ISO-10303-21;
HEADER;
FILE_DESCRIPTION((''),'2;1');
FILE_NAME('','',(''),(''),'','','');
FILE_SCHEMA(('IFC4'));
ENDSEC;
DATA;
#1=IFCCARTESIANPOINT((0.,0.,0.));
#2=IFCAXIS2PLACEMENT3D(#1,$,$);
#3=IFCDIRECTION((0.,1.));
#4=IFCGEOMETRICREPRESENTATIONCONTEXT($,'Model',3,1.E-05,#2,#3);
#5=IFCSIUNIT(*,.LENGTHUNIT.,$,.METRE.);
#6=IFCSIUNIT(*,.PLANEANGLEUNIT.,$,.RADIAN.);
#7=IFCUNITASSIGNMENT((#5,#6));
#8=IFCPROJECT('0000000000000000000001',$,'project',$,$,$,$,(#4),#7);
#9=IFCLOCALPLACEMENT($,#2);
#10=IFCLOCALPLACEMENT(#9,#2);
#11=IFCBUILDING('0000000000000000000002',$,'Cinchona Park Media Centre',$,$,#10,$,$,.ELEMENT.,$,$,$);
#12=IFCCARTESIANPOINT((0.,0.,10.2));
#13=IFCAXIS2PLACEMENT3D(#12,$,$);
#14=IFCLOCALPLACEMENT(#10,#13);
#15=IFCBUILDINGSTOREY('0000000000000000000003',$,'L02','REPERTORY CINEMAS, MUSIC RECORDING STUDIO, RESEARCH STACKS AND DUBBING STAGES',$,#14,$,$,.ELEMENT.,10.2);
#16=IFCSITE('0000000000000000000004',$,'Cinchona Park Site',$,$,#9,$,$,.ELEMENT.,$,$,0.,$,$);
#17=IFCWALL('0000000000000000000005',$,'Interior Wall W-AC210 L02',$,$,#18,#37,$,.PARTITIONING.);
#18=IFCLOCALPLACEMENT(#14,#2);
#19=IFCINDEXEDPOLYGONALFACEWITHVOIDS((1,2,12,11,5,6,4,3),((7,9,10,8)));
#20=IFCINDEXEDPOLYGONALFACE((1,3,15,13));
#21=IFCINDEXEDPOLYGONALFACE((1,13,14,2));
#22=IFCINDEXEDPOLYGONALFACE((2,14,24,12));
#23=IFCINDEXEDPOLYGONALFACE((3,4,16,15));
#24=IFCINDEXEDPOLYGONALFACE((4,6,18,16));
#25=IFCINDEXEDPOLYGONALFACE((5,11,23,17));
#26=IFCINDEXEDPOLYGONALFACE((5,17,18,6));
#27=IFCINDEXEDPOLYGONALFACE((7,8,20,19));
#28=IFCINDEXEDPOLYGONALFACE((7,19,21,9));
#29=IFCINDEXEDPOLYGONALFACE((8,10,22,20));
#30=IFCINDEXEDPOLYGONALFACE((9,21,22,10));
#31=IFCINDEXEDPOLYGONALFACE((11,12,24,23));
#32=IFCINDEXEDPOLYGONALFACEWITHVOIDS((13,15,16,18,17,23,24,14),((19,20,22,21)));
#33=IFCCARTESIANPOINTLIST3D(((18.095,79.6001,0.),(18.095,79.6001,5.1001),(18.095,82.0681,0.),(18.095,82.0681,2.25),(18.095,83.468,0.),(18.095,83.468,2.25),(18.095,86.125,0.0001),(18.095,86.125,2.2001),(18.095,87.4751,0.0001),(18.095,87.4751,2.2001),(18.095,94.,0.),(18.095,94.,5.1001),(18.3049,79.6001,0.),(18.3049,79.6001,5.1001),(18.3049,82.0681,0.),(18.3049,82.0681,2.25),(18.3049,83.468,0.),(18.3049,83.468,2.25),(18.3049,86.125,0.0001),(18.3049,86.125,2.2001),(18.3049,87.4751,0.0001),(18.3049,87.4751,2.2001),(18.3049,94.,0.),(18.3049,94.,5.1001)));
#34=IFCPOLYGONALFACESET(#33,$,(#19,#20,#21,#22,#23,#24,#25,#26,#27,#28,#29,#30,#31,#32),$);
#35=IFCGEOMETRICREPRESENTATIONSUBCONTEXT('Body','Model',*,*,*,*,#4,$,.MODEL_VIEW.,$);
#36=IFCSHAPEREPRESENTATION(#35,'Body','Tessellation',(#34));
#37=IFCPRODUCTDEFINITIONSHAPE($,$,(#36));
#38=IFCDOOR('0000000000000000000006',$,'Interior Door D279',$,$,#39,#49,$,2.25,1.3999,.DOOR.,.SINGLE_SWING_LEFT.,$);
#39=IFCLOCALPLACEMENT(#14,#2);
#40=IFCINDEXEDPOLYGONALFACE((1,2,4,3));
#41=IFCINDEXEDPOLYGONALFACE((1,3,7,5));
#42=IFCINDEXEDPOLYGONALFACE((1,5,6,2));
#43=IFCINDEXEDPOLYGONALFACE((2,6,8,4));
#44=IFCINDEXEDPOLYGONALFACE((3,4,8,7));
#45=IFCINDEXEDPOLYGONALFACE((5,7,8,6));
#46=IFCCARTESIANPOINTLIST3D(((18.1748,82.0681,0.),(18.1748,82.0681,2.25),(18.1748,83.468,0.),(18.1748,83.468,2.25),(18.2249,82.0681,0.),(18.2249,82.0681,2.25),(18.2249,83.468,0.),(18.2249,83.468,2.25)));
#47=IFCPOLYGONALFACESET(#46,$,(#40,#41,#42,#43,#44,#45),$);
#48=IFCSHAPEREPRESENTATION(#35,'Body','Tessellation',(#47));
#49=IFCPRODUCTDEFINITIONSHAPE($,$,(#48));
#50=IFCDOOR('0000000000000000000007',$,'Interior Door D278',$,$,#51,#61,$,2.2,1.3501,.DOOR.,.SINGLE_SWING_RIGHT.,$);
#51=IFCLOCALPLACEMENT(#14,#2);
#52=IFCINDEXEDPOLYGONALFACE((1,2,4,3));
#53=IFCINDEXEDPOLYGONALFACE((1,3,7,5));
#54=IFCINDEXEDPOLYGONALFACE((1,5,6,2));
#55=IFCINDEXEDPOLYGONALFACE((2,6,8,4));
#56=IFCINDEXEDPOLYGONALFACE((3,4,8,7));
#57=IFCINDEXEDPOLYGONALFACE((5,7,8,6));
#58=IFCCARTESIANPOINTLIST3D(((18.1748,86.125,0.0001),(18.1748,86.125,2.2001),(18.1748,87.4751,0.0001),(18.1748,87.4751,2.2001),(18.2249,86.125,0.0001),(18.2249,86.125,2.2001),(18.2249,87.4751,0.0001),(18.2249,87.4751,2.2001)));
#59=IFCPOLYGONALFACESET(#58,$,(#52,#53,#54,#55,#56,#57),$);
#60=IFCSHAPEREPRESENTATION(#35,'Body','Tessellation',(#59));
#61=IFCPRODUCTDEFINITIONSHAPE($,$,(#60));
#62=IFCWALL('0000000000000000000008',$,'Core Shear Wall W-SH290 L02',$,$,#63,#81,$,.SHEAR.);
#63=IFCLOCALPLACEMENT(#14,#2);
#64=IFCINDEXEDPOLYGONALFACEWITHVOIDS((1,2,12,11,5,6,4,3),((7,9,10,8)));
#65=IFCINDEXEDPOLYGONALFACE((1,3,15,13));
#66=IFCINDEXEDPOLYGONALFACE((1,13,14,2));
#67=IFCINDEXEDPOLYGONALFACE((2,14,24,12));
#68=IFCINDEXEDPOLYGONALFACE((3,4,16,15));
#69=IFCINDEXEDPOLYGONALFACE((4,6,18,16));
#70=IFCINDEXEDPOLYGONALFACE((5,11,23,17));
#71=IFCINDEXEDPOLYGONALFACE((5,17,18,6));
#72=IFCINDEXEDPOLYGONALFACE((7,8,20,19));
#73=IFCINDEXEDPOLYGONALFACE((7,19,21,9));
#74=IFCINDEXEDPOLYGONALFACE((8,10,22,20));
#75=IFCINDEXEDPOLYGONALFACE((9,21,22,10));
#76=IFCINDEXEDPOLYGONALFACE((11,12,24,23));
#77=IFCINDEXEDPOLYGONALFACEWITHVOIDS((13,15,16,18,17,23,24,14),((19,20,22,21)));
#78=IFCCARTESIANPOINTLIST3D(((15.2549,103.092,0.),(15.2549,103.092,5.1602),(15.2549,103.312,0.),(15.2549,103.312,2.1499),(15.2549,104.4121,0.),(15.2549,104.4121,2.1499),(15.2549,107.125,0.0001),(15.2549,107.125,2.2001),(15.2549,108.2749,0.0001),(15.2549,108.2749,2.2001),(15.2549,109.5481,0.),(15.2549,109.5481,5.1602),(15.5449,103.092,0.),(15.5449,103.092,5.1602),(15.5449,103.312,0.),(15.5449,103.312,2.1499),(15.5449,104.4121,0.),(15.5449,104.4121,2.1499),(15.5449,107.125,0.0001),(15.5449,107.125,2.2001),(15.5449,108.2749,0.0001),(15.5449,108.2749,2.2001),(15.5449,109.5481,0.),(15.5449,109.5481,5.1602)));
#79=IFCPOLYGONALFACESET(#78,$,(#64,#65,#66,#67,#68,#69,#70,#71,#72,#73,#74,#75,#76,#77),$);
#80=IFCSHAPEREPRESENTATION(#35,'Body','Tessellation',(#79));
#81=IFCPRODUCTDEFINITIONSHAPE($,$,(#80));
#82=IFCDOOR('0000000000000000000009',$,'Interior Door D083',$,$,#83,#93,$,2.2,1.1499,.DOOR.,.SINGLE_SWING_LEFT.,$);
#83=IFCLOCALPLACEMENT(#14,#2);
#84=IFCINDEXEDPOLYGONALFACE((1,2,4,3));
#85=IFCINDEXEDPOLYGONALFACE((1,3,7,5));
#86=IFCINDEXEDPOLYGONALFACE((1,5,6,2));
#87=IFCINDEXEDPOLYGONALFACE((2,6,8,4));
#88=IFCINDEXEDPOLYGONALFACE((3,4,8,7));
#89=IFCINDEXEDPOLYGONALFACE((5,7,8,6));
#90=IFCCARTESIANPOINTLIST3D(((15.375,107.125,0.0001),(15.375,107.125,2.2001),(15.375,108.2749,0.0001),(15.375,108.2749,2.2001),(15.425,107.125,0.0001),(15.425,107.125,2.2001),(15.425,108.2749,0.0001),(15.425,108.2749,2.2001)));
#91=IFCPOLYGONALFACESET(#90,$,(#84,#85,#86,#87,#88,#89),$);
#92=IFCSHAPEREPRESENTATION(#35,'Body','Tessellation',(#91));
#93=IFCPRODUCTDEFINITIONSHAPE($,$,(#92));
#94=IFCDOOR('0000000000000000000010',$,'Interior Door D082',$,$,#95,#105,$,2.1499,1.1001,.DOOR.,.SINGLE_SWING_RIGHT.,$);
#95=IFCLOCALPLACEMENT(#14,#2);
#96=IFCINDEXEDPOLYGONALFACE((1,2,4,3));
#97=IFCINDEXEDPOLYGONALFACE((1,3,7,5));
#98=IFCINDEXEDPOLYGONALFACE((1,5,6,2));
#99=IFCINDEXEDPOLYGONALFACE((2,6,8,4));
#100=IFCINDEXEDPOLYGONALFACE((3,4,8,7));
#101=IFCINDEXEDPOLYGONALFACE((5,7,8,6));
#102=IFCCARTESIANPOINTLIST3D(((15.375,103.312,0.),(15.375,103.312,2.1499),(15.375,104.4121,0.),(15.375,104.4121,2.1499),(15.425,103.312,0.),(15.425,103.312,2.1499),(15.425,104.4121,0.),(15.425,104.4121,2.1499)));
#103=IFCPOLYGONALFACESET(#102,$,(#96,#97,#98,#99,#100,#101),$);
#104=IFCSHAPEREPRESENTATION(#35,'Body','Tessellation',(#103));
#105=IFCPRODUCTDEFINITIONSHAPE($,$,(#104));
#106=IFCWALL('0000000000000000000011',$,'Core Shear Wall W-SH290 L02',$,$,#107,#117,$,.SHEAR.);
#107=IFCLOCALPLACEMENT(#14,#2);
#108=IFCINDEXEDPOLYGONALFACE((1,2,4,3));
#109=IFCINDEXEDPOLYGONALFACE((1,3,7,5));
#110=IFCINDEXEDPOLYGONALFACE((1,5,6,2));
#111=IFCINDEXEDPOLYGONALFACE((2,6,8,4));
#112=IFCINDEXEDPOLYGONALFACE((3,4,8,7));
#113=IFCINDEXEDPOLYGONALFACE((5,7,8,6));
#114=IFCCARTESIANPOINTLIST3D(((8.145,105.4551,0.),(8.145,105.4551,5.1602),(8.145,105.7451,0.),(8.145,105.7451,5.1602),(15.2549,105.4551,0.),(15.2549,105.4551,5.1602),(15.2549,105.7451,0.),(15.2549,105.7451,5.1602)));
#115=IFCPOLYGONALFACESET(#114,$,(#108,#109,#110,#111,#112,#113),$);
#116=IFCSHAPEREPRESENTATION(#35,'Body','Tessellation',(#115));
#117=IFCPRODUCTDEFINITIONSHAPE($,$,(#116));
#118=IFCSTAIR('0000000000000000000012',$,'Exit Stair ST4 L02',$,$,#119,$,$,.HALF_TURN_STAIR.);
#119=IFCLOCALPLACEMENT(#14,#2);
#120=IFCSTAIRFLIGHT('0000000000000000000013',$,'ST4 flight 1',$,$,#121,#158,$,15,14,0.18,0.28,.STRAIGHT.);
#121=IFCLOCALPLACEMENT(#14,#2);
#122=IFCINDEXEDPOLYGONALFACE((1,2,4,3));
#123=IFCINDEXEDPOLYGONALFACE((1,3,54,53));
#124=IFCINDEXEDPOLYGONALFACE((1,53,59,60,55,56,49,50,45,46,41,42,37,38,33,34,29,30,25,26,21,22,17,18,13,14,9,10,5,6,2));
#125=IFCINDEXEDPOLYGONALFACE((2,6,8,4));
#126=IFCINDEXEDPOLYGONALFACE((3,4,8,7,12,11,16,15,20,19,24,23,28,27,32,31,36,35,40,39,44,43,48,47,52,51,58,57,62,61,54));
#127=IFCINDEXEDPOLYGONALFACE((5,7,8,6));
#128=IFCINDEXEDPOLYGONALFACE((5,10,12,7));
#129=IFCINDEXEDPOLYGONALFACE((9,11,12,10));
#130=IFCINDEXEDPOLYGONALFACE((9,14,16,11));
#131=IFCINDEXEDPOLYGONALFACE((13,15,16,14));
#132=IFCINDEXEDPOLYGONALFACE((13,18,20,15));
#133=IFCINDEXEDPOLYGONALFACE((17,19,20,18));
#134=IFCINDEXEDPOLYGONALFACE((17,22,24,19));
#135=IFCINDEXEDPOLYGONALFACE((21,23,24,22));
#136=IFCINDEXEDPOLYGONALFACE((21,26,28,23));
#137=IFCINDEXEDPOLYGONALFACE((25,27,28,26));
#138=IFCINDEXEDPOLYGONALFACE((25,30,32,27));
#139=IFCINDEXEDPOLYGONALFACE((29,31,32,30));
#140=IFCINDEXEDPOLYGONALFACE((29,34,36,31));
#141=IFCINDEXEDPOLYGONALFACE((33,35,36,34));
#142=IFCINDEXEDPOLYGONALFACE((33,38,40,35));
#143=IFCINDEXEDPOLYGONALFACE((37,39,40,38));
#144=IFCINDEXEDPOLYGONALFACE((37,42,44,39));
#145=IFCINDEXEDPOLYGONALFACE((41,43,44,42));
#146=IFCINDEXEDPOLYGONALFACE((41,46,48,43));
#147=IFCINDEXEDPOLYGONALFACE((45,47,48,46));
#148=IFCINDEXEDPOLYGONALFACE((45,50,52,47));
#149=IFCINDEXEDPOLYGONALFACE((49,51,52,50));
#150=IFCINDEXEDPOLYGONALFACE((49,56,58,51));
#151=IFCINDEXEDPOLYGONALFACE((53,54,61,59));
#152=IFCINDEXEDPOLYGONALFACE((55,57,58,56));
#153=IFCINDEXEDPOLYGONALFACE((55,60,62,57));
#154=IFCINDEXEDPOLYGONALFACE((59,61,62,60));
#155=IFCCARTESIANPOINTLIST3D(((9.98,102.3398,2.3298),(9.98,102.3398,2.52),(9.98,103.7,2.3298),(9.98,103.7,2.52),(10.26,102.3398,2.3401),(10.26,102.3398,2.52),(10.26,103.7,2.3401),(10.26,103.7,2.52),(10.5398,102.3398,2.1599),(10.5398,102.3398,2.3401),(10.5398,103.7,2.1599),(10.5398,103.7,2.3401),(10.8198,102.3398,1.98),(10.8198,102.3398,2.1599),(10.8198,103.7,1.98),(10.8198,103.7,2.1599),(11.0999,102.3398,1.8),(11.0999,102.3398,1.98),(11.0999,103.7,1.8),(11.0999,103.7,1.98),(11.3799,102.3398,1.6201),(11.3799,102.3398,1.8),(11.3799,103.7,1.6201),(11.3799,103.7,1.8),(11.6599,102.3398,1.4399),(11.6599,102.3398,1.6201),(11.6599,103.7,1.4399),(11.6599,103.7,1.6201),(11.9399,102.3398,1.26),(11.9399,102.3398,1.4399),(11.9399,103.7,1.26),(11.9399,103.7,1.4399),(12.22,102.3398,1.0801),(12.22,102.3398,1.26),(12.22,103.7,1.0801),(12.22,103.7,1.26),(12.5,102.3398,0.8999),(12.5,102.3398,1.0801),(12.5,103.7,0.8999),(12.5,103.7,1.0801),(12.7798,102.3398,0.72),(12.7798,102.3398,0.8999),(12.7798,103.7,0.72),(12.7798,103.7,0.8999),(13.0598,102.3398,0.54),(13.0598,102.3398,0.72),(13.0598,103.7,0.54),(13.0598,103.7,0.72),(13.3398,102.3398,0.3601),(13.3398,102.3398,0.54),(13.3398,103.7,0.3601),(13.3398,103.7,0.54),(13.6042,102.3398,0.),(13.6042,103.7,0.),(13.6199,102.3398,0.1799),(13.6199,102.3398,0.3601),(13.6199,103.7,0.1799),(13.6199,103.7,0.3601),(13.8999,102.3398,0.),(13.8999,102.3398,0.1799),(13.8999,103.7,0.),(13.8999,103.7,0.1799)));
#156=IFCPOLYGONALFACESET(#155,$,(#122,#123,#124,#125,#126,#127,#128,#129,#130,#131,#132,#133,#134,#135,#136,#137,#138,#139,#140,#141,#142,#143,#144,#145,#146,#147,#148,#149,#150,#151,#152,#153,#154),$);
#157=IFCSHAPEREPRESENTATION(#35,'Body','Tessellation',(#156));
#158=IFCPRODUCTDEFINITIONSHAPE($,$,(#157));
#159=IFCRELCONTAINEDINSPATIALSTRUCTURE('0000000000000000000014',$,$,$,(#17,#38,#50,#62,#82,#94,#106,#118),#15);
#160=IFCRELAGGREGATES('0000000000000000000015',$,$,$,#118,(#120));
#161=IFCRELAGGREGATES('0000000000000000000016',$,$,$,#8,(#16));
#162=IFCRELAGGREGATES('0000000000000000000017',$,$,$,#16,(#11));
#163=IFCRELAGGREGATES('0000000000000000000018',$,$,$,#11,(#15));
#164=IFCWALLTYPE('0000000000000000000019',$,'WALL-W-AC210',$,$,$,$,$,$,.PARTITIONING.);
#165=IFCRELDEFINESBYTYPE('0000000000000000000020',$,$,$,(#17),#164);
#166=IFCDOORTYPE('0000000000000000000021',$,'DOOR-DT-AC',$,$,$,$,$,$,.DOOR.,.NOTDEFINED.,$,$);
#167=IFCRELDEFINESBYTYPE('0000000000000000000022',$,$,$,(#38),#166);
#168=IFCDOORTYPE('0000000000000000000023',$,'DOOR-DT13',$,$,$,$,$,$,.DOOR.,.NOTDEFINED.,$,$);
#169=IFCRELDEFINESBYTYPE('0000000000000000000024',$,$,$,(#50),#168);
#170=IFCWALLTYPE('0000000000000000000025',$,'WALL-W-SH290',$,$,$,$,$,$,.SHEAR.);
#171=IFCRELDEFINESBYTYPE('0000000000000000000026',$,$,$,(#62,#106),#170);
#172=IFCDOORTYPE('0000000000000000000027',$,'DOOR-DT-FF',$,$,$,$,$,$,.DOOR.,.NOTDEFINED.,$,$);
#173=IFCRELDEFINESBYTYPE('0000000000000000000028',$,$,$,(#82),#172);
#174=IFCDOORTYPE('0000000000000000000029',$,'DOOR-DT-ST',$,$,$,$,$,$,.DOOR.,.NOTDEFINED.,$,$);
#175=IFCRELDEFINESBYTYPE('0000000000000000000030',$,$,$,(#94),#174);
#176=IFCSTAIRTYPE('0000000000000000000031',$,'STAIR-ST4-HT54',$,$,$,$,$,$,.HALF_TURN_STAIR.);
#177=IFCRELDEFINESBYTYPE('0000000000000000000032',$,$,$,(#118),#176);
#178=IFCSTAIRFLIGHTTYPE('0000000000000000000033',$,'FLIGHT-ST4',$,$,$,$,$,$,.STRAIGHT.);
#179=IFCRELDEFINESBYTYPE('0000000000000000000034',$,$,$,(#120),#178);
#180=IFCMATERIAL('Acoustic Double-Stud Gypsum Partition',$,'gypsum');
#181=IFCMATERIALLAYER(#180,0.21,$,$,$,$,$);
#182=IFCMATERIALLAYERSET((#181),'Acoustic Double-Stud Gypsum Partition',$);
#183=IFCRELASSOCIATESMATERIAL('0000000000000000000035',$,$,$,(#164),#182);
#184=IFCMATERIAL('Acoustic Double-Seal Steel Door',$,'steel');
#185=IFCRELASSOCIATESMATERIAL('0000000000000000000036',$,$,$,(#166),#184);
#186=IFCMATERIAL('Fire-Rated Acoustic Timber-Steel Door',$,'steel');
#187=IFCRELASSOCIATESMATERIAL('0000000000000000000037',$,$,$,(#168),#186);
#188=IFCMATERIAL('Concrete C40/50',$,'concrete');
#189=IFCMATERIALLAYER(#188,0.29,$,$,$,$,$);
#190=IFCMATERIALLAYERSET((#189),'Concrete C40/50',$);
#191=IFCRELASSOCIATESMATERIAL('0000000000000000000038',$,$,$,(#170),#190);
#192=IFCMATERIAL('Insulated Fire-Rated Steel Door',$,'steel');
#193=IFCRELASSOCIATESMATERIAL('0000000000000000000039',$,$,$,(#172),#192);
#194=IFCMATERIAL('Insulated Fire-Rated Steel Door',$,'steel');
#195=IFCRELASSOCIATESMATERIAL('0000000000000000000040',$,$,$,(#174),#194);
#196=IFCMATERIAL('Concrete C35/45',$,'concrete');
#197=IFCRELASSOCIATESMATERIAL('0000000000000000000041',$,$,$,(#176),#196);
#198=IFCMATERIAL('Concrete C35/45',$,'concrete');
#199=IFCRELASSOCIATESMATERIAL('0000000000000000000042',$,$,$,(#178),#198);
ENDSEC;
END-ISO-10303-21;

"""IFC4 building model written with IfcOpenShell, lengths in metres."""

from ifc_helpers import new_model, si_unit, direction, frame, frame_2d, origin, place, context, subcontext, project, spatial, polyline, rectangle, outline, extrude, material, layer, layer_set, type_object, element, fill, aggregate, save


model = new_model("IFC4")

# Units and contexts
model_context = context("Model", 3, precision=1e-05, world=origin(), true_north=direction((0.0, 1.0)))
body_context = subcontext(model_context, "Body", "Model", "MODEL_VIEW")
ifc_project = project(units=[si_unit("LENGTHUNIT", "METRE"), si_unit("PLANEANGLEUNIT", "RADIAN")], contexts=[model_context])

# Site, building, storey
site_placement = place(None, origin())
site = spatial("IfcSite", under=ifc_project, at=site_placement, Name="Cinchona Park Site", CompositionType="ELEMENT", RefElevation=0.0)
building_placement = place(site_placement, origin())
building = spatial("IfcBuilding", under=site, at=building_placement, Name="Cinchona Park Media Centre", CompositionType="ELEMENT")
storey_placement = place(building_placement, frame((0.0, 0.0, 10.2)))
storey = spatial("IfcBuildingStorey", under=building, at=storey_placement, Name="L02", Description="REPERTORY CINEMAS, MUSIC RECORDING STUDIO, RESEARCH STACKS AND DUBBING STAGES", CompositionType="ELEMENT", Elevation=10.2)

# Walls, openings, doors
ifc_material_1 = material(Name="Acoustic Double-Stud Gypsum Partition", Category="gypsum")
ifc_layer_1 = layer(ifc_material_1, 0.21)
ifc_layer_set_1 = layer_set([ifc_layer_1], Name="Acoustic Double-Stud Gypsum Partition")
wall_type_1 = type_object("IfcWallType", Name="WALL-W-AC210", PredefinedType="PARTITIONING", material=ifc_layer_set_1)
wall_1_placement = place(storey_placement, frame((18.2, 94.0, 0.0), z_axis=(0.0, 0.0, 1.0), x_axis=(0.0, -1.0, 0.0)))
wall_1 = element("IfcWall", 1, at=wall_1_placement, inside=storey, type_object=wall_type_1, Name="Interior Wall W-AC210 L02", PredefinedType="PARTITIONING", context=body_context, shape_type="SweptSolid", body=[
    extrude(rectangle(XDim=14.3999, YDim=0.21, at=frame_2d((7.2, 0.0))), origin(), (0.0, 0.0, 1.0), 5.1001),
])
opening_1_placement = place(wall_1_placement, frame((6.5249, 0.0, 0.0)))
opening_1 = element("IfcOpeningElement", 2, at=opening_1_placement, cuts=wall_1, PredefinedType="OPENING", context=body_context, shape_type="SweptSolid", body=[
    extrude(rectangle(XDim=1.3501, YDim=2.2, at=frame_2d((0.675, 1.1001))), frame((0.0, 0.115, 0.0), z_axis=(0.0, -1.0, 0.0), x_axis=(1.0, 0.0, 0.0)), (0.0, 0.0, 1.0), 0.23),
])
opening_2_placement = place(wall_1_placement, frame((10.532, 0.0, 0.0)))
opening_2 = element("IfcOpeningElement", 3, at=opening_2_placement, cuts=wall_1, PredefinedType="OPENING", context=body_context, shape_type="SweptSolid", body=[
    extrude(rectangle(XDim=1.3999, YDim=2.25, at=frame_2d((0.7, 1.125))), frame((0.0, 0.115, 0.0), z_axis=(0.0, -1.0, 0.0), x_axis=(1.0, 0.0, 0.0)), (0.0, 0.0, 1.0), 0.23),
])
ifc_material_2 = material(Name="Acoustic Double-Seal Steel Door", Category="steel")
door_type_1 = type_object("IfcDoorType", Name="DOOR-DT-AC", OperationType="NOTDEFINED", PredefinedType="DOOR", material=ifc_material_2)
door_1_placement = place(opening_2_placement, origin())
door_1 = element("IfcDoor", 4, at=door_1_placement, inside=storey, type_object=door_type_1, Name="Interior Door D279", OperationType="SINGLE_SWING_LEFT", OverallHeight=2.25, OverallWidth=1.3999, PredefinedType="DOOR", context=body_context, shape_type="SweptSolid", body=[
    extrude(rectangle(XDim=1.3999, YDim=2.25, at=frame_2d((0.7, 1.125))), frame((0.0, 0.0249, 0.0), z_axis=(0.0, -1.0, 0.0), x_axis=(1.0, 0.0, 0.0)), (0.0, 0.0, 1.0), 0.05),
])
fill(opening_2, door_1)
ifc_material_3 = material(Name="Fire-Rated Acoustic Timber-Steel Door", Category="steel")
door_type_2 = type_object("IfcDoorType", Name="DOOR-DT13", OperationType="NOTDEFINED", PredefinedType="DOOR", material=ifc_material_3)
door_2_placement = place(opening_1_placement, origin())
door_2 = element("IfcDoor", 5, at=door_2_placement, inside=storey, type_object=door_type_2, Name="Interior Door D278", OperationType="SINGLE_SWING_RIGHT", OverallHeight=2.2, OverallWidth=1.3501, PredefinedType="DOOR", context=body_context, shape_type="SweptSolid", body=[
    extrude(rectangle(XDim=1.3501, YDim=2.2, at=frame_2d((0.675, 1.1001))), frame((0.0, 0.0249, 0.0), z_axis=(0.0, -1.0, 0.0), x_axis=(1.0, 0.0, 0.0)), (0.0, 0.0, 1.0), 0.05),
])
fill(opening_1, door_2)
ifc_material_4 = material(Name="Concrete C40/50", Category="concrete")
ifc_layer_2 = layer(ifc_material_4, 0.29)
ifc_layer_set_2 = layer_set([ifc_layer_2], Name="Concrete C40/50")
wall_type_2 = type_object("IfcWallType", Name="WALL-W-SH290", PredefinedType="SHEAR", material=ifc_layer_set_2)
wall_2_placement = place(storey_placement, frame((15.3999, 103.092, 0.0), z_axis=(0.0, 0.0, 1.0), x_axis=(0.0, 1.0, 0.0)))
wall_2 = element("IfcWall", 6, at=wall_2_placement, inside=storey, type_object=wall_type_2, Name="Core Shear Wall W-SH290 L02", PredefinedType="SHEAR", context=body_context, shape_type="SweptSolid", body=[
    extrude(rectangle(XDim=6.4561, YDim=0.29, at=frame_2d((3.228, 0.0))), origin(), (0.0, 0.0, 1.0), 5.1602),
])
opening_3_placement = place(wall_2_placement, frame((0.22, 0.0, 0.0)))
opening_3 = element("IfcOpeningElement", 7, at=opening_3_placement, cuts=wall_2, PredefinedType="OPENING", context=body_context, shape_type="SweptSolid", body=[
    extrude(rectangle(XDim=1.1001, YDim=2.1499, at=frame_2d((0.55, 1.075))), frame((0.0, 0.155, 0.0), z_axis=(0.0, -1.0, 0.0), x_axis=(1.0, 0.0, 0.0)), (0.0, 0.0, 1.0), 0.3101),
])
opening_4_placement = place(wall_2_placement, frame((4.033, 0.0, 0.0)))
opening_4 = element("IfcOpeningElement", 8, at=opening_4_placement, cuts=wall_2, PredefinedType="OPENING", context=body_context, shape_type="SweptSolid", body=[
    extrude(rectangle(XDim=1.1499, YDim=2.2, at=frame_2d((0.575, 1.1001))), frame((0.0, 0.155, 0.0), z_axis=(0.0, -1.0, 0.0), x_axis=(1.0, 0.0, 0.0)), (0.0, 0.0, 1.0), 0.3101),
])
ifc_material_5 = material(Name="Insulated Fire-Rated Steel Door", Category="steel")
door_type_3 = type_object("IfcDoorType", Name="DOOR-DT-FF", OperationType="NOTDEFINED", PredefinedType="DOOR", material=ifc_material_5)
door_3_placement = place(opening_4_placement, origin())
door_3 = element("IfcDoor", 9, at=door_3_placement, inside=storey, type_object=door_type_3, Name="Interior Door D083", OperationType="SINGLE_SWING_LEFT", OverallHeight=2.2, OverallWidth=1.1499, PredefinedType="DOOR", context=body_context, shape_type="SweptSolid", body=[
    extrude(rectangle(XDim=1.1499, YDim=2.2, at=frame_2d((0.575, 1.1001))), frame((0.0, 0.0249, 0.0), z_axis=(0.0, -1.0, 0.0), x_axis=(1.0, 0.0, 0.0)), (0.0, 0.0, 1.0), 0.05),
])
fill(opening_4, door_3)
ifc_material_6 = material(Name="Insulated Fire-Rated Steel Door", Category="steel")
door_type_4 = type_object("IfcDoorType", Name="DOOR-DT-ST", OperationType="NOTDEFINED", PredefinedType="DOOR", material=ifc_material_6)
door_4_placement = place(opening_3_placement, origin())
door_4 = element("IfcDoor", 10, at=door_4_placement, inside=storey, type_object=door_type_4, Name="Interior Door D082", OperationType="SINGLE_SWING_RIGHT", OverallHeight=2.1499, OverallWidth=1.1001, PredefinedType="DOOR", context=body_context, shape_type="SweptSolid", body=[
    extrude(rectangle(XDim=1.1001, YDim=2.1499, at=frame_2d((0.55, 1.075))), frame((0.0, 0.0249, 0.0), z_axis=(0.0, -1.0, 0.0), x_axis=(1.0, 0.0, 0.0)), (0.0, 0.0, 1.0), 0.05),
])
fill(opening_3, door_4)

# Wall
wall_3_placement = place(storey_placement, frame((8.145, 105.6001, 0.0), z_axis=(0.0, 0.0, 1.0), x_axis=(1.0, 0.0, 0.0)))
element("IfcWall", 11, at=wall_3_placement, inside=storey, type_object=wall_type_2, Name="Core Shear Wall W-SH290 L02", PredefinedType="SHEAR", context=body_context, shape_type="SweptSolid", body=[
    extrude(rectangle(XDim=7.1099, YDim=0.29, at=frame_2d((3.5549, 0.0))), origin(), (0.0, 0.0, 1.0), 5.1602),
])

# Stair, stair flight
ifc_material_7 = material(Name="Concrete C35/45", Category="concrete")
stair_type = type_object("IfcStairType", Name="STAIR-ST4-HT54", PredefinedType="HALF_TURN_STAIR", material=ifc_material_7)
stair_placement = place(storey_placement, origin())
stair = element("IfcStair", 12, at=stair_placement, inside=storey, type_object=stair_type, Name="Exit Stair ST4 L02", PredefinedType="HALF_TURN_STAIR")
ifc_material_8 = material(Name="Concrete C35/45", Category="concrete")
stair_flight_type = type_object("IfcStairFlightType", Name="FLIGHT-ST4", PredefinedType="STRAIGHT", material=ifc_material_8)
stair_flight_1_placement = place(storey_placement, frame((13.8999, 103.02, 0.0), z_axis=(0.0, 0.0, 1.0), x_axis=(-1.0, 0.0, 0.0)))
stair_flight_1 = element("IfcStairFlight", 13, at=stair_flight_1_placement, type_object=stair_flight_type, Name="ST4 flight 1", NumberOfRisers=15, NumberOfTreads=14, PredefinedType="STRAIGHT", RiserHeight=0.18, TreadLength=0.28, context=body_context, shape_type="SweptSolid", body=[
    extrude(outline(polyline([(0.0, 0.0), (0.0, 0.1799), (0.28, 0.1799), (0.28, 0.3601), (0.5601, 0.3601), (0.5601, 0.54), (0.8401, 0.54), (0.8401, 0.72), (1.1201, 0.72), (1.1201, 0.8999), (1.3999, 0.8999), (1.3999, 1.0801), (1.6799, 1.0801), (1.6799, 1.26), (1.96, 1.26), (1.96, 1.4399), (2.24, 1.4399), (2.24, 1.6201), (2.52, 1.6201), (2.52, 1.8), (2.8, 1.8), (2.8, 1.98), (3.0801, 1.98), (3.0801, 2.1599), (3.3601, 2.1599), (3.3601, 2.3401), (3.6399, 2.3401), (3.6399, 2.52), (3.9199, 2.52), (3.9199, 2.7), (3.9199, 2.3298), (0.2957, 0.0), (0.0, 0.0)])), frame((0.0, 0.6802, 0.0), z_axis=(0.0, -1.0, 0.0), x_axis=(1.0, 0.0, 0.0)), (0.0, 0.0, 1.0), 1.3601),
])
aggregate(stair, [stair_flight_1])

save(model, "model.ifc")
